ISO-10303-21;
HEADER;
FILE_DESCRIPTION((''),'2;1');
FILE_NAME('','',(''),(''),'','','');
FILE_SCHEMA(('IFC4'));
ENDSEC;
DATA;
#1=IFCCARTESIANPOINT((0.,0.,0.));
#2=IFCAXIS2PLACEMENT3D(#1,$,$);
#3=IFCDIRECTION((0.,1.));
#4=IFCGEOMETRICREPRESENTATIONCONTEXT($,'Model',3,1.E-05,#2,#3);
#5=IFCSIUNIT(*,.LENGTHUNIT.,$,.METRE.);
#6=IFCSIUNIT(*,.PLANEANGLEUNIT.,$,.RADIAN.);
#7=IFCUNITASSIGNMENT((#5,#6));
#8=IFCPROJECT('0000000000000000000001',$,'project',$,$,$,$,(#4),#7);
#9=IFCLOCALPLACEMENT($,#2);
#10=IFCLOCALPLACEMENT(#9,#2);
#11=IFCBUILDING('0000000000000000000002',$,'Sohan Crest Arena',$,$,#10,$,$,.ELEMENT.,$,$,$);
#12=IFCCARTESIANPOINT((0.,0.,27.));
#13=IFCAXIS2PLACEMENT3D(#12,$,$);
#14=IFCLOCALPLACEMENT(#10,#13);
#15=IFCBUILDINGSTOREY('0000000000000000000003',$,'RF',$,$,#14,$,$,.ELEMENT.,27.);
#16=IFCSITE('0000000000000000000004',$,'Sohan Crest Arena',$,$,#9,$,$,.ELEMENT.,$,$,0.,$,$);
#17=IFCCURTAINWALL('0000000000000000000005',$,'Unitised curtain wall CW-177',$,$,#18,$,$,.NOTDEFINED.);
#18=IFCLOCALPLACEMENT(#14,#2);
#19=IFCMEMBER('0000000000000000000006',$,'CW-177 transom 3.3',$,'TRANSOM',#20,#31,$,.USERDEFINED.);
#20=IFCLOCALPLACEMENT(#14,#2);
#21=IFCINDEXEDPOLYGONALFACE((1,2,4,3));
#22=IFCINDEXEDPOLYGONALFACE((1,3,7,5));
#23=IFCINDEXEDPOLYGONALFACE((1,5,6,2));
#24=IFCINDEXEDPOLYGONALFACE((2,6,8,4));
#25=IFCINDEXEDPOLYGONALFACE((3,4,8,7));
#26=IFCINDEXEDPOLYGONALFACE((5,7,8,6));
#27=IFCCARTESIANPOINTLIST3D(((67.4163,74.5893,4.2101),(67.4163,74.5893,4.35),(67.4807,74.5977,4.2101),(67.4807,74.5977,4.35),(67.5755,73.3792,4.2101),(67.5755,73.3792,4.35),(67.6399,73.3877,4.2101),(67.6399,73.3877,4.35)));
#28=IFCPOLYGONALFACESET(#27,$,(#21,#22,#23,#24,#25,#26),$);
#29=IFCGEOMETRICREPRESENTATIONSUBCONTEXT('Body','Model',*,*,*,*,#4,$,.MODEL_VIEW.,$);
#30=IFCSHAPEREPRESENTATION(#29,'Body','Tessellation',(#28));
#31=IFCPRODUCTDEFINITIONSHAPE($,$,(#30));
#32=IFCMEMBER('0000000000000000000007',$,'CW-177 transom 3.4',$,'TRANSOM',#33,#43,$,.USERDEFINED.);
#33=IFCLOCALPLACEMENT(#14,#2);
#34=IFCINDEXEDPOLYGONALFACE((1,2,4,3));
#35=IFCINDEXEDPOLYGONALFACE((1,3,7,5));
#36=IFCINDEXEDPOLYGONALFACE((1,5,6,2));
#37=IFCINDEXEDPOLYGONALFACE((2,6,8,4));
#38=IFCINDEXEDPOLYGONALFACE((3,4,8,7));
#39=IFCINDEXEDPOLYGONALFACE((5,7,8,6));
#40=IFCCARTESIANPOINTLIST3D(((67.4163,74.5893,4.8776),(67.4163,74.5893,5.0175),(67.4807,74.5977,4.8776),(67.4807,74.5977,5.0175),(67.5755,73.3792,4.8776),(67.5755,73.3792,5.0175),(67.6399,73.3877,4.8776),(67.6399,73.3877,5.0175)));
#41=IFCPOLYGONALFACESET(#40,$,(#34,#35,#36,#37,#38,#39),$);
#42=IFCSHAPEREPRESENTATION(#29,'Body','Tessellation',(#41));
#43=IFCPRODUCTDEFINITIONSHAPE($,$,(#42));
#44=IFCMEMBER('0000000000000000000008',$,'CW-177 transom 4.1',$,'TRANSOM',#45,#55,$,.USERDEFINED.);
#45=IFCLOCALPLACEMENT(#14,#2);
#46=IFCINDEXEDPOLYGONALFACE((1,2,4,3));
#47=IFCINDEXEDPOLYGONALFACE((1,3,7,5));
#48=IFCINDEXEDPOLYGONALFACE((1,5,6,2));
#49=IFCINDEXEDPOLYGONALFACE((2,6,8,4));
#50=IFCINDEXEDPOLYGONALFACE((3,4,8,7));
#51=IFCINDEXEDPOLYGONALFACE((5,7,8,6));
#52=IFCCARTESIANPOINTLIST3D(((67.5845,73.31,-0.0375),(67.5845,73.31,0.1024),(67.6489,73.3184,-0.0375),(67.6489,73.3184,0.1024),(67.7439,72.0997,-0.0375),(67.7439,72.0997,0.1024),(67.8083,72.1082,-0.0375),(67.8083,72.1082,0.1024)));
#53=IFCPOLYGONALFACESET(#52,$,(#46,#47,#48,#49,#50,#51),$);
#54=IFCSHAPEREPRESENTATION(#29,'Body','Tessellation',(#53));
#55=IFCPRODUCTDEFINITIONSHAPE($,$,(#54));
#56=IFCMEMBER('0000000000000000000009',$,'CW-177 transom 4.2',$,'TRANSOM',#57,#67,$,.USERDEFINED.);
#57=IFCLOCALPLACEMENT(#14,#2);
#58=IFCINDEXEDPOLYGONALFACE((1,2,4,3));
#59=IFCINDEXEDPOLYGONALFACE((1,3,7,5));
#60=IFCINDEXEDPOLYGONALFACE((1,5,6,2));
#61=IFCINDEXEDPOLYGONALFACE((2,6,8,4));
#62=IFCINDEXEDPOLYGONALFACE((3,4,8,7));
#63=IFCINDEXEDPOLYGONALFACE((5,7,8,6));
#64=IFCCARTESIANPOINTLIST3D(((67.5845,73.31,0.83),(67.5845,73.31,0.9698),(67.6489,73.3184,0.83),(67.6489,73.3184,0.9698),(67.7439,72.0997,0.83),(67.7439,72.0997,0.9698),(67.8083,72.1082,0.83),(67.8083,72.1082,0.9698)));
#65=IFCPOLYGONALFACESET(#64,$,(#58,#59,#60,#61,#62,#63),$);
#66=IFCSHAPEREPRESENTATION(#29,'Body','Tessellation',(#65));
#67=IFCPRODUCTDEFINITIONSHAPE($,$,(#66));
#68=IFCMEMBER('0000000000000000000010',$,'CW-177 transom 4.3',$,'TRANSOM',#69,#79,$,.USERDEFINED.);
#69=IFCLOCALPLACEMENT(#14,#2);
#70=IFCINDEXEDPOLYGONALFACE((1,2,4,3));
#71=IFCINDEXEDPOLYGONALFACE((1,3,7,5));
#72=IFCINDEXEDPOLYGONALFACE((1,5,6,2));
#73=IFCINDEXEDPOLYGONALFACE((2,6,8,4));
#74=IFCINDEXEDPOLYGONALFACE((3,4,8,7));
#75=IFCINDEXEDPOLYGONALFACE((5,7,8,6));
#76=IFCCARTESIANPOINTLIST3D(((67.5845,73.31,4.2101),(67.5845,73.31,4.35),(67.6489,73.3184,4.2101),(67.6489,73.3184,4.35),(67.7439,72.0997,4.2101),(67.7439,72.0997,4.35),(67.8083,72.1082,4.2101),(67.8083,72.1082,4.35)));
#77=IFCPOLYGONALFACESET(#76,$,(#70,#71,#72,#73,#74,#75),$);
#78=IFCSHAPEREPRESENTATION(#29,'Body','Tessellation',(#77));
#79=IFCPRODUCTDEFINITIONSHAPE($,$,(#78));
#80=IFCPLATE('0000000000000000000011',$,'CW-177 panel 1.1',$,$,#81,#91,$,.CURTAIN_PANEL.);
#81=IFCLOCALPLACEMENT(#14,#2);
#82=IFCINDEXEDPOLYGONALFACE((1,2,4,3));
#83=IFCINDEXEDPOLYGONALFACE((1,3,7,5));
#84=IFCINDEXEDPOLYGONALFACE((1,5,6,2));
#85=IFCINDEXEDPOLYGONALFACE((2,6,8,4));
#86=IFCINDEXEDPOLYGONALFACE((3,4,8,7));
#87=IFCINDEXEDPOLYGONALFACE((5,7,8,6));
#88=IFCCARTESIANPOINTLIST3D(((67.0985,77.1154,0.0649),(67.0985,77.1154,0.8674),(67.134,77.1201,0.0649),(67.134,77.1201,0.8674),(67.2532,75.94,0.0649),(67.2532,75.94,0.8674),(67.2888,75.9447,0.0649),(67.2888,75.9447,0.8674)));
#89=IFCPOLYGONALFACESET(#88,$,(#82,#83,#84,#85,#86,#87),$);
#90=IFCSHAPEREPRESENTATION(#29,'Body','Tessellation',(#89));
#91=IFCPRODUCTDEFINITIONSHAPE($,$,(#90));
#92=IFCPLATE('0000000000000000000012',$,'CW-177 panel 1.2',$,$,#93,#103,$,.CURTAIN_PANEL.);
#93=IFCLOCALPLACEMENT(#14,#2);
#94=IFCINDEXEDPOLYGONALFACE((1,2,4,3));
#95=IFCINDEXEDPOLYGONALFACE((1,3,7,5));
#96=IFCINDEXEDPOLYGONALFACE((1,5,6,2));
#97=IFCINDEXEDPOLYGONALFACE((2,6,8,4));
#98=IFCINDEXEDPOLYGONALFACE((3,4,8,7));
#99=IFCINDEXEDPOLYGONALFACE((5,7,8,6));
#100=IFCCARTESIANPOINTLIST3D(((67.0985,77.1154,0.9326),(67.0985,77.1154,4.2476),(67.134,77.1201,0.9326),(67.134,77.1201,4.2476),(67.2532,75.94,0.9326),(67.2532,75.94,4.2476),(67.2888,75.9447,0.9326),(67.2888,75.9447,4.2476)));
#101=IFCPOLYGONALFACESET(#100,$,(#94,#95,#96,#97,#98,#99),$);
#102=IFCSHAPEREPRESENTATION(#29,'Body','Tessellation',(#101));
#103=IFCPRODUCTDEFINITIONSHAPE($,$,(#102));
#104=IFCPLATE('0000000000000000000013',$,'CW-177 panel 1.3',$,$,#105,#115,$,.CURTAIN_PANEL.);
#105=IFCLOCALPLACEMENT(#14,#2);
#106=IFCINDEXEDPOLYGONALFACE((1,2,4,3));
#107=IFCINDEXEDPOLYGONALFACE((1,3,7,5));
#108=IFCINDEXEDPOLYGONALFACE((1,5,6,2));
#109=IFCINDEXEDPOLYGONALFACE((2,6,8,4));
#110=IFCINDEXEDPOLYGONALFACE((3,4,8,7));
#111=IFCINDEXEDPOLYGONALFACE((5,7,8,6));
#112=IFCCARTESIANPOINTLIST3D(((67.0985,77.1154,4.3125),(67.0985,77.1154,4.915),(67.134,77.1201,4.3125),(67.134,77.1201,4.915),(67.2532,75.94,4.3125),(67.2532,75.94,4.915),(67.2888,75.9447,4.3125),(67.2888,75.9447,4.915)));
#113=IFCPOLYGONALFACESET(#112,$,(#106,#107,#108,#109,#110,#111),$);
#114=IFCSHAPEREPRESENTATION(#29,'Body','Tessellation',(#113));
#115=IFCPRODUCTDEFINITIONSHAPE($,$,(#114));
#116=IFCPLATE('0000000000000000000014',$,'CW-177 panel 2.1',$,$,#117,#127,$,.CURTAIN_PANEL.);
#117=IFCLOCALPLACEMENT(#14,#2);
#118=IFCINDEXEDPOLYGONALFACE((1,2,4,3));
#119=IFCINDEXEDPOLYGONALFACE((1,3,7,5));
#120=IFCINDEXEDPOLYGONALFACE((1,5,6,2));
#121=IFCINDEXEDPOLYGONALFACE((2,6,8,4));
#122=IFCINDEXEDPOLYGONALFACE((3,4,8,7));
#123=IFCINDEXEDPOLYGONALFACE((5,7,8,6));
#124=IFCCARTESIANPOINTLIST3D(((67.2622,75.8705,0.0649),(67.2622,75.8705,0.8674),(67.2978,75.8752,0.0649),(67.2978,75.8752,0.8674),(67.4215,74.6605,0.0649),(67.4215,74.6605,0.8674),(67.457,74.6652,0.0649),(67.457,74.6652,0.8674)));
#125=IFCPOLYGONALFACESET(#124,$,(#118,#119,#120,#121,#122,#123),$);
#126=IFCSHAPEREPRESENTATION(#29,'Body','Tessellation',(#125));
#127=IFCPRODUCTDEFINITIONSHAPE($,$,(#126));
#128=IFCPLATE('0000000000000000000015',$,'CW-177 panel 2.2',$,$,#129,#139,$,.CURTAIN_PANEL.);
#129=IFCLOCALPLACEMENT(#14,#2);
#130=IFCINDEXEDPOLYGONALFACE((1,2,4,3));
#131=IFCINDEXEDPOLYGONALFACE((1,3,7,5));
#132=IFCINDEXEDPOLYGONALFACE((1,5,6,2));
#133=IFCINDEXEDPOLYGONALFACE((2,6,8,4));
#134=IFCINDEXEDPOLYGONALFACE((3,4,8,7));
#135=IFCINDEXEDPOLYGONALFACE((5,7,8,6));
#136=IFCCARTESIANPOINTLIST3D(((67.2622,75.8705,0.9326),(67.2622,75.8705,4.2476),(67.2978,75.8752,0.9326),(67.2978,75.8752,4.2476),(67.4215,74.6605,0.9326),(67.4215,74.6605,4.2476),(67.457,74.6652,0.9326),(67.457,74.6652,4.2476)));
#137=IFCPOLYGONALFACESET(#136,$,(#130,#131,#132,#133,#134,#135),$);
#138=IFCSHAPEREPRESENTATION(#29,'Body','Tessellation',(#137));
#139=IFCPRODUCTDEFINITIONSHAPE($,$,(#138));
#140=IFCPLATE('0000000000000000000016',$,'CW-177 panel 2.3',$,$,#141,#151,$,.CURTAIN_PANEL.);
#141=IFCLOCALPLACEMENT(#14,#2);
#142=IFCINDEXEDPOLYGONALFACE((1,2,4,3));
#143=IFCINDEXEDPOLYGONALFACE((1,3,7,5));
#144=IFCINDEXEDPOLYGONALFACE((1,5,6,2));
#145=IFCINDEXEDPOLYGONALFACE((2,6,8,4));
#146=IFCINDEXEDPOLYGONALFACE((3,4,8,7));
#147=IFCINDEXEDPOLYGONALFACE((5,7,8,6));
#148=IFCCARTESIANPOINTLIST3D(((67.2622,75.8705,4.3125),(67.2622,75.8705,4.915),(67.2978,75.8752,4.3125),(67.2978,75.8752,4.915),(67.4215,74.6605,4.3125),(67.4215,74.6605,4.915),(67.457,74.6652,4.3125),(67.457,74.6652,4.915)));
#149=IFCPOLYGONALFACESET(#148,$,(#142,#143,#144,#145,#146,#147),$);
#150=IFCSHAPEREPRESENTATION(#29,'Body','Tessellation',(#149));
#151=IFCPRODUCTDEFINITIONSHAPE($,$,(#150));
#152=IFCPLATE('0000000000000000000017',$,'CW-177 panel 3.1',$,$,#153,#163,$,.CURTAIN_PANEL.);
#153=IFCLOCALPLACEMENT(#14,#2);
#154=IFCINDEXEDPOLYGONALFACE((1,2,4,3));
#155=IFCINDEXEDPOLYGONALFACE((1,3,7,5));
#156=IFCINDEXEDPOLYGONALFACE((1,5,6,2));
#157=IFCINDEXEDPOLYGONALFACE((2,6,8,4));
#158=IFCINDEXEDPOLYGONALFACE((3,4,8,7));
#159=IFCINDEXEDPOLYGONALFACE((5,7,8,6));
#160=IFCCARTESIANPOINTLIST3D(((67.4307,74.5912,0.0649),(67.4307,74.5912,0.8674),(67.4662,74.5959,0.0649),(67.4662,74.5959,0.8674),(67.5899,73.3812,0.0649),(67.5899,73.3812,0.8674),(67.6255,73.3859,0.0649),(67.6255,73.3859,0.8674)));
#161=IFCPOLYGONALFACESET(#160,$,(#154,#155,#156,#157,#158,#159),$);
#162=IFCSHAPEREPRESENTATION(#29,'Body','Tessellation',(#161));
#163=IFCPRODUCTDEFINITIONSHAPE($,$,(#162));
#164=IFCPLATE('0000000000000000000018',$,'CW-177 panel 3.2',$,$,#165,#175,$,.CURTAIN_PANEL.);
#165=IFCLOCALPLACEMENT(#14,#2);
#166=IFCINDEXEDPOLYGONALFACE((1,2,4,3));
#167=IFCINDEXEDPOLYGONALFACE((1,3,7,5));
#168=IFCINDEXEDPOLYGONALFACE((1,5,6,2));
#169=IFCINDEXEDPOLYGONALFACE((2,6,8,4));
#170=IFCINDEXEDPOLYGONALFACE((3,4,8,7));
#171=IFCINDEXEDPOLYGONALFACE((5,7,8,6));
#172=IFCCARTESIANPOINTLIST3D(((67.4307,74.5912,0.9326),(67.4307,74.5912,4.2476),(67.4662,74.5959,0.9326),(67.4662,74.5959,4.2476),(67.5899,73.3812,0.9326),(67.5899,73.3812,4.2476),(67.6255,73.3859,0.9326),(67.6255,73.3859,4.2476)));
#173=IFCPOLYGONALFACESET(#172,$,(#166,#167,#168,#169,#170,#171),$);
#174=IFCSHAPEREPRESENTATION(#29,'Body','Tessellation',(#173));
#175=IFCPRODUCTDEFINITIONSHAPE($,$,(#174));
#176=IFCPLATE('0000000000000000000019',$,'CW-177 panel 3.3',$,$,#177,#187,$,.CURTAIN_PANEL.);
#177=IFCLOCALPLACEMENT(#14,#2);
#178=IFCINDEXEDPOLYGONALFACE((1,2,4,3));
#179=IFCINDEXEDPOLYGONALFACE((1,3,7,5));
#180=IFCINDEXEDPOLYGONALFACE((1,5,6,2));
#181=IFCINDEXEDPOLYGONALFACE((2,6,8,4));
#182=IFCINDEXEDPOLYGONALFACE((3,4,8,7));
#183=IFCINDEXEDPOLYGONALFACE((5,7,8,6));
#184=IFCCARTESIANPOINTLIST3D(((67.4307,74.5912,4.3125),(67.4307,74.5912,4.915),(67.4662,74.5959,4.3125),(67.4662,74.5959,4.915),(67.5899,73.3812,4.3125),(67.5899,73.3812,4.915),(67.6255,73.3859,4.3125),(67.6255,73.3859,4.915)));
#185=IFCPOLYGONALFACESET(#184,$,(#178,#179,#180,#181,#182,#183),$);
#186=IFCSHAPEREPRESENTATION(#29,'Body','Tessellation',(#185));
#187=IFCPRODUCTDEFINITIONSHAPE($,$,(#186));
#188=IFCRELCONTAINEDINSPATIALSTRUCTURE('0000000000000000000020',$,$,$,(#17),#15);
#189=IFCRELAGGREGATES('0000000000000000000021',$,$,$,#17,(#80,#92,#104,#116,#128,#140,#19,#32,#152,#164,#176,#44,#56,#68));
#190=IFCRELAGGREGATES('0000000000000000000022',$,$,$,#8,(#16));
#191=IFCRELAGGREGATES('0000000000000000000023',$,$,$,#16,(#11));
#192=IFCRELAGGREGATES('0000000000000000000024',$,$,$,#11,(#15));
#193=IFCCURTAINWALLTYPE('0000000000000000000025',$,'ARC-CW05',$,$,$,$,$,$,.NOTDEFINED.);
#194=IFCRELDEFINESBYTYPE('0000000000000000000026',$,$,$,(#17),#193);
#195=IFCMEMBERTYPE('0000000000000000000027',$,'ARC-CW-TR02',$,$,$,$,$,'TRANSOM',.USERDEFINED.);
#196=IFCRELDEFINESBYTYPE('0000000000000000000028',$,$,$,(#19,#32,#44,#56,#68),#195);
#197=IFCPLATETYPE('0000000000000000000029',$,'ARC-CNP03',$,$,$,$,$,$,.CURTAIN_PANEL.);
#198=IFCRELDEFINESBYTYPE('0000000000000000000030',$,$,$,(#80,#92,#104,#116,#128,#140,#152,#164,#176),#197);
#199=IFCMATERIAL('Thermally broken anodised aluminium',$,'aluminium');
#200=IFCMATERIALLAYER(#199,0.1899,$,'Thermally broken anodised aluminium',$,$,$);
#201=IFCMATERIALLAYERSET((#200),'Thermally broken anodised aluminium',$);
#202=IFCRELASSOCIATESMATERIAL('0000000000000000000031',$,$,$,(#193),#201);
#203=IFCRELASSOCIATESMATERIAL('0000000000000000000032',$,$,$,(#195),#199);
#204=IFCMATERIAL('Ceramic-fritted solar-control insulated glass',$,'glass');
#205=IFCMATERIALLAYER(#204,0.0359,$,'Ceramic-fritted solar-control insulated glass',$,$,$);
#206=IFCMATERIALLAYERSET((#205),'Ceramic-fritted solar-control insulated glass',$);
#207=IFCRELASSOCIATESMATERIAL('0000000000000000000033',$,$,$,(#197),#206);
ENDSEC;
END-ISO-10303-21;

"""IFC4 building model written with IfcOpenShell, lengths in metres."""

from ifc_helpers import new_model, si_unit, direction, frame, origin, origin_2d, place, context, subcontext, project, spatial, rectangle, extrude, material, layer, layer_set, material_profile, profile_set, type_object, element, aggregate, save


model = new_model("IFC4")

# Units and contexts
model_context = context("Model", 3, precision=1e-05, world=origin(), true_north=direction((0.0, 1.0)))
body_context = subcontext(model_context, "Body", "Model", "MODEL_VIEW")
ifc_project = project(units=[si_unit("LENGTHUNIT", "METRE"), si_unit("PLANEANGLEUNIT", "RADIAN")], contexts=[model_context])

# Site, building, storey
site_placement = place(None, origin())
site = spatial("IfcSite", under=ifc_project, at=site_placement, Name="Sohan Crest Arena", CompositionType="ELEMENT", RefElevation=0.0)
building_placement = place(site_placement, origin())
building = spatial("IfcBuilding", under=site, at=building_placement, Name="Sohan Crest Arena", CompositionType="ELEMENT")
storey_placement = place(building_placement, frame((0.0, 0.0, 27.0)))
storey = spatial("IfcBuildingStorey", under=building, at=storey_placement, Name="RF", CompositionType="ELEMENT", Elevation=27.0)

# Curtain wall, members, plates
ifc_material_1 = material(Name="Thermally broken anodised aluminium", Category="aluminium")
ifc_layer_1 = layer(ifc_material_1, 0.1899, Name="Thermally broken anodised aluminium")
ifc_layer_set_1 = layer_set([ifc_layer_1], Name="Thermally broken anodised aluminium")
curtain_wall_type = type_object("IfcCurtainWallType", Name="ARC-CW05", PredefinedType="NOTDEFINED", material=ifc_layer_set_1)
curtain_wall_placement = place(storey_placement, origin())
curtain_wall = element("IfcCurtainWall", 1, at=curtain_wall_placement, inside=storey, type_object=curtain_wall_type, Name="Unitised curtain wall CW-177", PredefinedType="NOTDEFINED")
ifc_material_profile_1 = material_profile(ifc_material_1, rectangle(XDim=0.0649, YDim=0.1399, at=origin_2d()), Name="ALU-TRAN 65x140")
ifc_profile_set_1 = profile_set([ifc_material_profile_1], Name="Thermally broken anodised aluminium")
member_type_1 = type_object("IfcMemberType", Name="ARC-CW-TR02", ElementType="TRANSOM", PredefinedType="USERDEFINED", material=ifc_profile_set_1)
member_1_placement = place(storey_placement, frame((67.4485, 74.5935, 4.28), z_axis=(0.130434, -0.991457, 0.0), x_axis=(0.991457, 0.130434, 0.0)))
member_1 = element("IfcMember", 2, at=member_1_placement, type_object=member_type_1, Name="CW-177 transom 3.3", ObjectType="TRANSOM", PredefinedType="USERDEFINED", context=body_context, shape_type="SweptSolid", body=[
    extrude(rectangle(XDim=0.0649, YDim=0.1399, at=origin_2d()), origin(), (0.0, 0.0, 1.0), 1.2205),
])
member_2_placement = place(storey_placement, frame((67.4485, 74.5935, 4.9475), z_axis=(0.130434, -0.991457, 0.0), x_axis=(0.991457, 0.130434, 0.0)))
member_2 = element("IfcMember", 3, at=member_2_placement, type_object=member_type_1, Name="CW-177 transom 3.4", ObjectType="TRANSOM", PredefinedType="USERDEFINED", context=body_context, shape_type="SweptSolid", body=[
    extrude(rectangle(XDim=0.0649, YDim=0.1399, at=origin_2d()), origin(), (0.0, 0.0, 1.0), 1.2205),
])
member_3_placement = place(storey_placement, frame((67.6167, 73.3142, 0.0325), z_axis=(0.130605, -0.991435, 0.0), x_axis=(0.991435, 0.130605, 0.0)))
member_3 = element("IfcMember", 4, at=member_3_placement, type_object=member_type_1, Name="CW-177 transom 4.1", ObjectType="TRANSOM", PredefinedType="USERDEFINED", context=body_context, shape_type="SweptSolid", body=[
    extrude(rectangle(XDim=0.0649, YDim=0.1399, at=origin_2d()), origin(), (0.0, 0.0, 1.0), 1.2207),
])
member_4_placement = place(storey_placement, frame((67.6167, 73.3142, 0.8999), z_axis=(0.130605, -0.991435, 0.0), x_axis=(0.991435, 0.130605, 0.0)))
member_4 = element("IfcMember", 5, at=member_4_placement, type_object=member_type_1, Name="CW-177 transom 4.2", ObjectType="TRANSOM", PredefinedType="USERDEFINED", context=body_context, shape_type="SweptSolid", body=[
    extrude(rectangle(XDim=0.0649, YDim=0.1399, at=origin_2d()), origin(), (0.0, 0.0, 1.0), 1.2207),
])
member_5_placement = place(storey_placement, frame((67.6167, 73.3142, 4.28), z_axis=(0.130605, -0.991435, 0.0), x_axis=(0.991435, 0.130605, 0.0)))
member_5 = element("IfcMember", 6, at=member_5_placement, type_object=member_type_1, Name="CW-177 transom 4.3", ObjectType="TRANSOM", PredefinedType="USERDEFINED", context=body_context, shape_type="SweptSolid", body=[
    extrude(rectangle(XDim=0.0649, YDim=0.1399, at=origin_2d()), origin(), (0.0, 0.0, 1.0), 1.2207),
])
ifc_material_2 = material(Name="Ceramic-fritted solar-control insulated glass", Category="glass")
ifc_layer_2 = layer(ifc_material_2, 0.0359, Name="Ceramic-fritted solar-control insulated glass")
ifc_layer_set_2 = layer_set([ifc_layer_2], Name="Ceramic-fritted solar-control insulated glass")
plate_type = type_object("IfcPlateType", Name="ARC-CNP03", PredefinedType="CURTAIN_PANEL", material=ifc_layer_set_2)
plate_1_placement = place(storey_placement, frame((67.1936, 76.53, 0.0649), z_axis=(0.0, 0.0, 1.0), x_axis=(0.130499, -0.991448, 0.0)))
plate_1 = element("IfcPlate", 7, at=plate_1_placement, type_object=plate_type, Name="CW-177 panel 1.1", PredefinedType="CURTAIN_PANEL", context=body_context, shape_type="SweptSolid", body=[
    extrude(rectangle(XDim=1.1855, YDim=0.0359, at=origin_2d()), origin(), (0.0, 0.0, 1.0), 0.8025),
])
plate_2_placement = place(storey_placement, frame((67.1936, 76.53, 0.9326), z_axis=(0.0, 0.0, 1.0), x_axis=(0.130499, -0.991448, 0.0)))
plate_2 = element("IfcPlate", 8, at=plate_2_placement, type_object=plate_type, Name="CW-177 panel 1.2", PredefinedType="CURTAIN_PANEL", context=body_context, shape_type="SweptSolid", body=[
    extrude(rectangle(XDim=1.1855, YDim=0.0359, at=origin_2d()), origin(), (0.0, 0.0, 1.0), 3.3149),
])
plate_3_placement = place(storey_placement, frame((67.1936, 76.53, 4.3125), z_axis=(0.0, 0.0, 1.0), x_axis=(0.130499, -0.991448, 0.0)))
plate_3 = element("IfcPlate", 9, at=plate_3_placement, type_object=plate_type, Name="CW-177 panel 1.3", PredefinedType="CURTAIN_PANEL", context=body_context, shape_type="SweptSolid", body=[
    extrude(rectangle(XDim=1.1855, YDim=0.0359, at=origin_2d()), origin(), (0.0, 0.0, 1.0), 0.6025),
])
plate_4_placement = place(storey_placement, frame((67.3596, 75.2678, 0.0649), z_axis=(0.0, 0.0, 1.0), x_axis=(0.130499, -0.991448, 0.0)))
plate_4 = element("IfcPlate", 10, at=plate_4_placement, type_object=plate_type, Name="CW-177 panel 2.1", PredefinedType="CURTAIN_PANEL", context=body_context, shape_type="SweptSolid", body=[
    extrude(rectangle(XDim=1.2205, YDim=0.0359, at=origin_2d()), origin(), (0.0, 0.0, 1.0), 0.8025),
])
plate_5_placement = place(storey_placement, frame((67.3596, 75.2678, 0.9326), z_axis=(0.0, 0.0, 1.0), x_axis=(0.130499, -0.991448, 0.0)))
plate_5 = element("IfcPlate", 11, at=plate_5_placement, type_object=plate_type, Name="CW-177 panel 2.2", PredefinedType="CURTAIN_PANEL", context=body_context, shape_type="SweptSolid", body=[
    extrude(rectangle(XDim=1.2205, YDim=0.0359, at=origin_2d()), origin(), (0.0, 0.0, 1.0), 3.3149),
])
plate_6_placement = place(storey_placement, frame((67.3596, 75.2678, 4.3125), z_axis=(0.0, 0.0, 1.0), x_axis=(0.130499, -0.991448, 0.0)))
plate_6 = element("IfcPlate", 12, at=plate_6_placement, type_object=plate_type, Name="CW-177 panel 2.3", PredefinedType="CURTAIN_PANEL", context=body_context, shape_type="SweptSolid", body=[
    extrude(rectangle(XDim=1.2205, YDim=0.0359, at=origin_2d()), origin(), (0.0, 0.0, 1.0), 0.6025),
])
plate_7_placement = place(storey_placement, frame((67.5281, 73.9885, 0.0649), z_axis=(0.0, 0.0, 1.0), x_axis=(0.130499, -0.991448, 0.0)))
plate_7 = element("IfcPlate", 13, at=plate_7_placement, type_object=plate_type, Name="CW-177 panel 3.1", PredefinedType="CURTAIN_PANEL", context=body_context, shape_type="SweptSolid", body=[
    extrude(rectangle(XDim=1.2205, YDim=0.0359, at=origin_2d()), origin(), (0.0, 0.0, 1.0), 0.8025),
])
plate_8_placement = place(storey_placement, frame((67.5281, 73.9885, 0.9326), z_axis=(0.0, 0.0, 1.0), x_axis=(0.130499, -0.991448, 0.0)))
plate_8 = element("IfcPlate", 14, at=plate_8_placement, type_object=plate_type, Name="CW-177 panel 3.2", PredefinedType="CURTAIN_PANEL", context=body_context, shape_type="SweptSolid", body=[
    extrude(rectangle(XDim=1.2205, YDim=0.0359, at=origin_2d()), origin(), (0.0, 0.0, 1.0), 3.3149),
])
plate_9_placement = place(storey_placement, frame((67.5281, 73.9885, 4.3125), z_axis=(0.0, 0.0, 1.0), x_axis=(0.130499, -0.991448, 0.0)))
plate_9 = element("IfcPlate", 15, at=plate_9_placement, type_object=plate_type, Name="CW-177 panel 3.3", PredefinedType="CURTAIN_PANEL", context=body_context, shape_type="SweptSolid", body=[
    extrude(rectangle(XDim=1.2205, YDim=0.0359, at=origin_2d()), origin(), (0.0, 0.0, 1.0), 0.6025),
])
aggregate(curtain_wall, [plate_1, plate_2, plate_3, plate_4, plate_5, plate_6, member_1, member_2, plate_7, plate_8, plate_9, member_3, member_4, member_5])

save(model, "model.ifc")
